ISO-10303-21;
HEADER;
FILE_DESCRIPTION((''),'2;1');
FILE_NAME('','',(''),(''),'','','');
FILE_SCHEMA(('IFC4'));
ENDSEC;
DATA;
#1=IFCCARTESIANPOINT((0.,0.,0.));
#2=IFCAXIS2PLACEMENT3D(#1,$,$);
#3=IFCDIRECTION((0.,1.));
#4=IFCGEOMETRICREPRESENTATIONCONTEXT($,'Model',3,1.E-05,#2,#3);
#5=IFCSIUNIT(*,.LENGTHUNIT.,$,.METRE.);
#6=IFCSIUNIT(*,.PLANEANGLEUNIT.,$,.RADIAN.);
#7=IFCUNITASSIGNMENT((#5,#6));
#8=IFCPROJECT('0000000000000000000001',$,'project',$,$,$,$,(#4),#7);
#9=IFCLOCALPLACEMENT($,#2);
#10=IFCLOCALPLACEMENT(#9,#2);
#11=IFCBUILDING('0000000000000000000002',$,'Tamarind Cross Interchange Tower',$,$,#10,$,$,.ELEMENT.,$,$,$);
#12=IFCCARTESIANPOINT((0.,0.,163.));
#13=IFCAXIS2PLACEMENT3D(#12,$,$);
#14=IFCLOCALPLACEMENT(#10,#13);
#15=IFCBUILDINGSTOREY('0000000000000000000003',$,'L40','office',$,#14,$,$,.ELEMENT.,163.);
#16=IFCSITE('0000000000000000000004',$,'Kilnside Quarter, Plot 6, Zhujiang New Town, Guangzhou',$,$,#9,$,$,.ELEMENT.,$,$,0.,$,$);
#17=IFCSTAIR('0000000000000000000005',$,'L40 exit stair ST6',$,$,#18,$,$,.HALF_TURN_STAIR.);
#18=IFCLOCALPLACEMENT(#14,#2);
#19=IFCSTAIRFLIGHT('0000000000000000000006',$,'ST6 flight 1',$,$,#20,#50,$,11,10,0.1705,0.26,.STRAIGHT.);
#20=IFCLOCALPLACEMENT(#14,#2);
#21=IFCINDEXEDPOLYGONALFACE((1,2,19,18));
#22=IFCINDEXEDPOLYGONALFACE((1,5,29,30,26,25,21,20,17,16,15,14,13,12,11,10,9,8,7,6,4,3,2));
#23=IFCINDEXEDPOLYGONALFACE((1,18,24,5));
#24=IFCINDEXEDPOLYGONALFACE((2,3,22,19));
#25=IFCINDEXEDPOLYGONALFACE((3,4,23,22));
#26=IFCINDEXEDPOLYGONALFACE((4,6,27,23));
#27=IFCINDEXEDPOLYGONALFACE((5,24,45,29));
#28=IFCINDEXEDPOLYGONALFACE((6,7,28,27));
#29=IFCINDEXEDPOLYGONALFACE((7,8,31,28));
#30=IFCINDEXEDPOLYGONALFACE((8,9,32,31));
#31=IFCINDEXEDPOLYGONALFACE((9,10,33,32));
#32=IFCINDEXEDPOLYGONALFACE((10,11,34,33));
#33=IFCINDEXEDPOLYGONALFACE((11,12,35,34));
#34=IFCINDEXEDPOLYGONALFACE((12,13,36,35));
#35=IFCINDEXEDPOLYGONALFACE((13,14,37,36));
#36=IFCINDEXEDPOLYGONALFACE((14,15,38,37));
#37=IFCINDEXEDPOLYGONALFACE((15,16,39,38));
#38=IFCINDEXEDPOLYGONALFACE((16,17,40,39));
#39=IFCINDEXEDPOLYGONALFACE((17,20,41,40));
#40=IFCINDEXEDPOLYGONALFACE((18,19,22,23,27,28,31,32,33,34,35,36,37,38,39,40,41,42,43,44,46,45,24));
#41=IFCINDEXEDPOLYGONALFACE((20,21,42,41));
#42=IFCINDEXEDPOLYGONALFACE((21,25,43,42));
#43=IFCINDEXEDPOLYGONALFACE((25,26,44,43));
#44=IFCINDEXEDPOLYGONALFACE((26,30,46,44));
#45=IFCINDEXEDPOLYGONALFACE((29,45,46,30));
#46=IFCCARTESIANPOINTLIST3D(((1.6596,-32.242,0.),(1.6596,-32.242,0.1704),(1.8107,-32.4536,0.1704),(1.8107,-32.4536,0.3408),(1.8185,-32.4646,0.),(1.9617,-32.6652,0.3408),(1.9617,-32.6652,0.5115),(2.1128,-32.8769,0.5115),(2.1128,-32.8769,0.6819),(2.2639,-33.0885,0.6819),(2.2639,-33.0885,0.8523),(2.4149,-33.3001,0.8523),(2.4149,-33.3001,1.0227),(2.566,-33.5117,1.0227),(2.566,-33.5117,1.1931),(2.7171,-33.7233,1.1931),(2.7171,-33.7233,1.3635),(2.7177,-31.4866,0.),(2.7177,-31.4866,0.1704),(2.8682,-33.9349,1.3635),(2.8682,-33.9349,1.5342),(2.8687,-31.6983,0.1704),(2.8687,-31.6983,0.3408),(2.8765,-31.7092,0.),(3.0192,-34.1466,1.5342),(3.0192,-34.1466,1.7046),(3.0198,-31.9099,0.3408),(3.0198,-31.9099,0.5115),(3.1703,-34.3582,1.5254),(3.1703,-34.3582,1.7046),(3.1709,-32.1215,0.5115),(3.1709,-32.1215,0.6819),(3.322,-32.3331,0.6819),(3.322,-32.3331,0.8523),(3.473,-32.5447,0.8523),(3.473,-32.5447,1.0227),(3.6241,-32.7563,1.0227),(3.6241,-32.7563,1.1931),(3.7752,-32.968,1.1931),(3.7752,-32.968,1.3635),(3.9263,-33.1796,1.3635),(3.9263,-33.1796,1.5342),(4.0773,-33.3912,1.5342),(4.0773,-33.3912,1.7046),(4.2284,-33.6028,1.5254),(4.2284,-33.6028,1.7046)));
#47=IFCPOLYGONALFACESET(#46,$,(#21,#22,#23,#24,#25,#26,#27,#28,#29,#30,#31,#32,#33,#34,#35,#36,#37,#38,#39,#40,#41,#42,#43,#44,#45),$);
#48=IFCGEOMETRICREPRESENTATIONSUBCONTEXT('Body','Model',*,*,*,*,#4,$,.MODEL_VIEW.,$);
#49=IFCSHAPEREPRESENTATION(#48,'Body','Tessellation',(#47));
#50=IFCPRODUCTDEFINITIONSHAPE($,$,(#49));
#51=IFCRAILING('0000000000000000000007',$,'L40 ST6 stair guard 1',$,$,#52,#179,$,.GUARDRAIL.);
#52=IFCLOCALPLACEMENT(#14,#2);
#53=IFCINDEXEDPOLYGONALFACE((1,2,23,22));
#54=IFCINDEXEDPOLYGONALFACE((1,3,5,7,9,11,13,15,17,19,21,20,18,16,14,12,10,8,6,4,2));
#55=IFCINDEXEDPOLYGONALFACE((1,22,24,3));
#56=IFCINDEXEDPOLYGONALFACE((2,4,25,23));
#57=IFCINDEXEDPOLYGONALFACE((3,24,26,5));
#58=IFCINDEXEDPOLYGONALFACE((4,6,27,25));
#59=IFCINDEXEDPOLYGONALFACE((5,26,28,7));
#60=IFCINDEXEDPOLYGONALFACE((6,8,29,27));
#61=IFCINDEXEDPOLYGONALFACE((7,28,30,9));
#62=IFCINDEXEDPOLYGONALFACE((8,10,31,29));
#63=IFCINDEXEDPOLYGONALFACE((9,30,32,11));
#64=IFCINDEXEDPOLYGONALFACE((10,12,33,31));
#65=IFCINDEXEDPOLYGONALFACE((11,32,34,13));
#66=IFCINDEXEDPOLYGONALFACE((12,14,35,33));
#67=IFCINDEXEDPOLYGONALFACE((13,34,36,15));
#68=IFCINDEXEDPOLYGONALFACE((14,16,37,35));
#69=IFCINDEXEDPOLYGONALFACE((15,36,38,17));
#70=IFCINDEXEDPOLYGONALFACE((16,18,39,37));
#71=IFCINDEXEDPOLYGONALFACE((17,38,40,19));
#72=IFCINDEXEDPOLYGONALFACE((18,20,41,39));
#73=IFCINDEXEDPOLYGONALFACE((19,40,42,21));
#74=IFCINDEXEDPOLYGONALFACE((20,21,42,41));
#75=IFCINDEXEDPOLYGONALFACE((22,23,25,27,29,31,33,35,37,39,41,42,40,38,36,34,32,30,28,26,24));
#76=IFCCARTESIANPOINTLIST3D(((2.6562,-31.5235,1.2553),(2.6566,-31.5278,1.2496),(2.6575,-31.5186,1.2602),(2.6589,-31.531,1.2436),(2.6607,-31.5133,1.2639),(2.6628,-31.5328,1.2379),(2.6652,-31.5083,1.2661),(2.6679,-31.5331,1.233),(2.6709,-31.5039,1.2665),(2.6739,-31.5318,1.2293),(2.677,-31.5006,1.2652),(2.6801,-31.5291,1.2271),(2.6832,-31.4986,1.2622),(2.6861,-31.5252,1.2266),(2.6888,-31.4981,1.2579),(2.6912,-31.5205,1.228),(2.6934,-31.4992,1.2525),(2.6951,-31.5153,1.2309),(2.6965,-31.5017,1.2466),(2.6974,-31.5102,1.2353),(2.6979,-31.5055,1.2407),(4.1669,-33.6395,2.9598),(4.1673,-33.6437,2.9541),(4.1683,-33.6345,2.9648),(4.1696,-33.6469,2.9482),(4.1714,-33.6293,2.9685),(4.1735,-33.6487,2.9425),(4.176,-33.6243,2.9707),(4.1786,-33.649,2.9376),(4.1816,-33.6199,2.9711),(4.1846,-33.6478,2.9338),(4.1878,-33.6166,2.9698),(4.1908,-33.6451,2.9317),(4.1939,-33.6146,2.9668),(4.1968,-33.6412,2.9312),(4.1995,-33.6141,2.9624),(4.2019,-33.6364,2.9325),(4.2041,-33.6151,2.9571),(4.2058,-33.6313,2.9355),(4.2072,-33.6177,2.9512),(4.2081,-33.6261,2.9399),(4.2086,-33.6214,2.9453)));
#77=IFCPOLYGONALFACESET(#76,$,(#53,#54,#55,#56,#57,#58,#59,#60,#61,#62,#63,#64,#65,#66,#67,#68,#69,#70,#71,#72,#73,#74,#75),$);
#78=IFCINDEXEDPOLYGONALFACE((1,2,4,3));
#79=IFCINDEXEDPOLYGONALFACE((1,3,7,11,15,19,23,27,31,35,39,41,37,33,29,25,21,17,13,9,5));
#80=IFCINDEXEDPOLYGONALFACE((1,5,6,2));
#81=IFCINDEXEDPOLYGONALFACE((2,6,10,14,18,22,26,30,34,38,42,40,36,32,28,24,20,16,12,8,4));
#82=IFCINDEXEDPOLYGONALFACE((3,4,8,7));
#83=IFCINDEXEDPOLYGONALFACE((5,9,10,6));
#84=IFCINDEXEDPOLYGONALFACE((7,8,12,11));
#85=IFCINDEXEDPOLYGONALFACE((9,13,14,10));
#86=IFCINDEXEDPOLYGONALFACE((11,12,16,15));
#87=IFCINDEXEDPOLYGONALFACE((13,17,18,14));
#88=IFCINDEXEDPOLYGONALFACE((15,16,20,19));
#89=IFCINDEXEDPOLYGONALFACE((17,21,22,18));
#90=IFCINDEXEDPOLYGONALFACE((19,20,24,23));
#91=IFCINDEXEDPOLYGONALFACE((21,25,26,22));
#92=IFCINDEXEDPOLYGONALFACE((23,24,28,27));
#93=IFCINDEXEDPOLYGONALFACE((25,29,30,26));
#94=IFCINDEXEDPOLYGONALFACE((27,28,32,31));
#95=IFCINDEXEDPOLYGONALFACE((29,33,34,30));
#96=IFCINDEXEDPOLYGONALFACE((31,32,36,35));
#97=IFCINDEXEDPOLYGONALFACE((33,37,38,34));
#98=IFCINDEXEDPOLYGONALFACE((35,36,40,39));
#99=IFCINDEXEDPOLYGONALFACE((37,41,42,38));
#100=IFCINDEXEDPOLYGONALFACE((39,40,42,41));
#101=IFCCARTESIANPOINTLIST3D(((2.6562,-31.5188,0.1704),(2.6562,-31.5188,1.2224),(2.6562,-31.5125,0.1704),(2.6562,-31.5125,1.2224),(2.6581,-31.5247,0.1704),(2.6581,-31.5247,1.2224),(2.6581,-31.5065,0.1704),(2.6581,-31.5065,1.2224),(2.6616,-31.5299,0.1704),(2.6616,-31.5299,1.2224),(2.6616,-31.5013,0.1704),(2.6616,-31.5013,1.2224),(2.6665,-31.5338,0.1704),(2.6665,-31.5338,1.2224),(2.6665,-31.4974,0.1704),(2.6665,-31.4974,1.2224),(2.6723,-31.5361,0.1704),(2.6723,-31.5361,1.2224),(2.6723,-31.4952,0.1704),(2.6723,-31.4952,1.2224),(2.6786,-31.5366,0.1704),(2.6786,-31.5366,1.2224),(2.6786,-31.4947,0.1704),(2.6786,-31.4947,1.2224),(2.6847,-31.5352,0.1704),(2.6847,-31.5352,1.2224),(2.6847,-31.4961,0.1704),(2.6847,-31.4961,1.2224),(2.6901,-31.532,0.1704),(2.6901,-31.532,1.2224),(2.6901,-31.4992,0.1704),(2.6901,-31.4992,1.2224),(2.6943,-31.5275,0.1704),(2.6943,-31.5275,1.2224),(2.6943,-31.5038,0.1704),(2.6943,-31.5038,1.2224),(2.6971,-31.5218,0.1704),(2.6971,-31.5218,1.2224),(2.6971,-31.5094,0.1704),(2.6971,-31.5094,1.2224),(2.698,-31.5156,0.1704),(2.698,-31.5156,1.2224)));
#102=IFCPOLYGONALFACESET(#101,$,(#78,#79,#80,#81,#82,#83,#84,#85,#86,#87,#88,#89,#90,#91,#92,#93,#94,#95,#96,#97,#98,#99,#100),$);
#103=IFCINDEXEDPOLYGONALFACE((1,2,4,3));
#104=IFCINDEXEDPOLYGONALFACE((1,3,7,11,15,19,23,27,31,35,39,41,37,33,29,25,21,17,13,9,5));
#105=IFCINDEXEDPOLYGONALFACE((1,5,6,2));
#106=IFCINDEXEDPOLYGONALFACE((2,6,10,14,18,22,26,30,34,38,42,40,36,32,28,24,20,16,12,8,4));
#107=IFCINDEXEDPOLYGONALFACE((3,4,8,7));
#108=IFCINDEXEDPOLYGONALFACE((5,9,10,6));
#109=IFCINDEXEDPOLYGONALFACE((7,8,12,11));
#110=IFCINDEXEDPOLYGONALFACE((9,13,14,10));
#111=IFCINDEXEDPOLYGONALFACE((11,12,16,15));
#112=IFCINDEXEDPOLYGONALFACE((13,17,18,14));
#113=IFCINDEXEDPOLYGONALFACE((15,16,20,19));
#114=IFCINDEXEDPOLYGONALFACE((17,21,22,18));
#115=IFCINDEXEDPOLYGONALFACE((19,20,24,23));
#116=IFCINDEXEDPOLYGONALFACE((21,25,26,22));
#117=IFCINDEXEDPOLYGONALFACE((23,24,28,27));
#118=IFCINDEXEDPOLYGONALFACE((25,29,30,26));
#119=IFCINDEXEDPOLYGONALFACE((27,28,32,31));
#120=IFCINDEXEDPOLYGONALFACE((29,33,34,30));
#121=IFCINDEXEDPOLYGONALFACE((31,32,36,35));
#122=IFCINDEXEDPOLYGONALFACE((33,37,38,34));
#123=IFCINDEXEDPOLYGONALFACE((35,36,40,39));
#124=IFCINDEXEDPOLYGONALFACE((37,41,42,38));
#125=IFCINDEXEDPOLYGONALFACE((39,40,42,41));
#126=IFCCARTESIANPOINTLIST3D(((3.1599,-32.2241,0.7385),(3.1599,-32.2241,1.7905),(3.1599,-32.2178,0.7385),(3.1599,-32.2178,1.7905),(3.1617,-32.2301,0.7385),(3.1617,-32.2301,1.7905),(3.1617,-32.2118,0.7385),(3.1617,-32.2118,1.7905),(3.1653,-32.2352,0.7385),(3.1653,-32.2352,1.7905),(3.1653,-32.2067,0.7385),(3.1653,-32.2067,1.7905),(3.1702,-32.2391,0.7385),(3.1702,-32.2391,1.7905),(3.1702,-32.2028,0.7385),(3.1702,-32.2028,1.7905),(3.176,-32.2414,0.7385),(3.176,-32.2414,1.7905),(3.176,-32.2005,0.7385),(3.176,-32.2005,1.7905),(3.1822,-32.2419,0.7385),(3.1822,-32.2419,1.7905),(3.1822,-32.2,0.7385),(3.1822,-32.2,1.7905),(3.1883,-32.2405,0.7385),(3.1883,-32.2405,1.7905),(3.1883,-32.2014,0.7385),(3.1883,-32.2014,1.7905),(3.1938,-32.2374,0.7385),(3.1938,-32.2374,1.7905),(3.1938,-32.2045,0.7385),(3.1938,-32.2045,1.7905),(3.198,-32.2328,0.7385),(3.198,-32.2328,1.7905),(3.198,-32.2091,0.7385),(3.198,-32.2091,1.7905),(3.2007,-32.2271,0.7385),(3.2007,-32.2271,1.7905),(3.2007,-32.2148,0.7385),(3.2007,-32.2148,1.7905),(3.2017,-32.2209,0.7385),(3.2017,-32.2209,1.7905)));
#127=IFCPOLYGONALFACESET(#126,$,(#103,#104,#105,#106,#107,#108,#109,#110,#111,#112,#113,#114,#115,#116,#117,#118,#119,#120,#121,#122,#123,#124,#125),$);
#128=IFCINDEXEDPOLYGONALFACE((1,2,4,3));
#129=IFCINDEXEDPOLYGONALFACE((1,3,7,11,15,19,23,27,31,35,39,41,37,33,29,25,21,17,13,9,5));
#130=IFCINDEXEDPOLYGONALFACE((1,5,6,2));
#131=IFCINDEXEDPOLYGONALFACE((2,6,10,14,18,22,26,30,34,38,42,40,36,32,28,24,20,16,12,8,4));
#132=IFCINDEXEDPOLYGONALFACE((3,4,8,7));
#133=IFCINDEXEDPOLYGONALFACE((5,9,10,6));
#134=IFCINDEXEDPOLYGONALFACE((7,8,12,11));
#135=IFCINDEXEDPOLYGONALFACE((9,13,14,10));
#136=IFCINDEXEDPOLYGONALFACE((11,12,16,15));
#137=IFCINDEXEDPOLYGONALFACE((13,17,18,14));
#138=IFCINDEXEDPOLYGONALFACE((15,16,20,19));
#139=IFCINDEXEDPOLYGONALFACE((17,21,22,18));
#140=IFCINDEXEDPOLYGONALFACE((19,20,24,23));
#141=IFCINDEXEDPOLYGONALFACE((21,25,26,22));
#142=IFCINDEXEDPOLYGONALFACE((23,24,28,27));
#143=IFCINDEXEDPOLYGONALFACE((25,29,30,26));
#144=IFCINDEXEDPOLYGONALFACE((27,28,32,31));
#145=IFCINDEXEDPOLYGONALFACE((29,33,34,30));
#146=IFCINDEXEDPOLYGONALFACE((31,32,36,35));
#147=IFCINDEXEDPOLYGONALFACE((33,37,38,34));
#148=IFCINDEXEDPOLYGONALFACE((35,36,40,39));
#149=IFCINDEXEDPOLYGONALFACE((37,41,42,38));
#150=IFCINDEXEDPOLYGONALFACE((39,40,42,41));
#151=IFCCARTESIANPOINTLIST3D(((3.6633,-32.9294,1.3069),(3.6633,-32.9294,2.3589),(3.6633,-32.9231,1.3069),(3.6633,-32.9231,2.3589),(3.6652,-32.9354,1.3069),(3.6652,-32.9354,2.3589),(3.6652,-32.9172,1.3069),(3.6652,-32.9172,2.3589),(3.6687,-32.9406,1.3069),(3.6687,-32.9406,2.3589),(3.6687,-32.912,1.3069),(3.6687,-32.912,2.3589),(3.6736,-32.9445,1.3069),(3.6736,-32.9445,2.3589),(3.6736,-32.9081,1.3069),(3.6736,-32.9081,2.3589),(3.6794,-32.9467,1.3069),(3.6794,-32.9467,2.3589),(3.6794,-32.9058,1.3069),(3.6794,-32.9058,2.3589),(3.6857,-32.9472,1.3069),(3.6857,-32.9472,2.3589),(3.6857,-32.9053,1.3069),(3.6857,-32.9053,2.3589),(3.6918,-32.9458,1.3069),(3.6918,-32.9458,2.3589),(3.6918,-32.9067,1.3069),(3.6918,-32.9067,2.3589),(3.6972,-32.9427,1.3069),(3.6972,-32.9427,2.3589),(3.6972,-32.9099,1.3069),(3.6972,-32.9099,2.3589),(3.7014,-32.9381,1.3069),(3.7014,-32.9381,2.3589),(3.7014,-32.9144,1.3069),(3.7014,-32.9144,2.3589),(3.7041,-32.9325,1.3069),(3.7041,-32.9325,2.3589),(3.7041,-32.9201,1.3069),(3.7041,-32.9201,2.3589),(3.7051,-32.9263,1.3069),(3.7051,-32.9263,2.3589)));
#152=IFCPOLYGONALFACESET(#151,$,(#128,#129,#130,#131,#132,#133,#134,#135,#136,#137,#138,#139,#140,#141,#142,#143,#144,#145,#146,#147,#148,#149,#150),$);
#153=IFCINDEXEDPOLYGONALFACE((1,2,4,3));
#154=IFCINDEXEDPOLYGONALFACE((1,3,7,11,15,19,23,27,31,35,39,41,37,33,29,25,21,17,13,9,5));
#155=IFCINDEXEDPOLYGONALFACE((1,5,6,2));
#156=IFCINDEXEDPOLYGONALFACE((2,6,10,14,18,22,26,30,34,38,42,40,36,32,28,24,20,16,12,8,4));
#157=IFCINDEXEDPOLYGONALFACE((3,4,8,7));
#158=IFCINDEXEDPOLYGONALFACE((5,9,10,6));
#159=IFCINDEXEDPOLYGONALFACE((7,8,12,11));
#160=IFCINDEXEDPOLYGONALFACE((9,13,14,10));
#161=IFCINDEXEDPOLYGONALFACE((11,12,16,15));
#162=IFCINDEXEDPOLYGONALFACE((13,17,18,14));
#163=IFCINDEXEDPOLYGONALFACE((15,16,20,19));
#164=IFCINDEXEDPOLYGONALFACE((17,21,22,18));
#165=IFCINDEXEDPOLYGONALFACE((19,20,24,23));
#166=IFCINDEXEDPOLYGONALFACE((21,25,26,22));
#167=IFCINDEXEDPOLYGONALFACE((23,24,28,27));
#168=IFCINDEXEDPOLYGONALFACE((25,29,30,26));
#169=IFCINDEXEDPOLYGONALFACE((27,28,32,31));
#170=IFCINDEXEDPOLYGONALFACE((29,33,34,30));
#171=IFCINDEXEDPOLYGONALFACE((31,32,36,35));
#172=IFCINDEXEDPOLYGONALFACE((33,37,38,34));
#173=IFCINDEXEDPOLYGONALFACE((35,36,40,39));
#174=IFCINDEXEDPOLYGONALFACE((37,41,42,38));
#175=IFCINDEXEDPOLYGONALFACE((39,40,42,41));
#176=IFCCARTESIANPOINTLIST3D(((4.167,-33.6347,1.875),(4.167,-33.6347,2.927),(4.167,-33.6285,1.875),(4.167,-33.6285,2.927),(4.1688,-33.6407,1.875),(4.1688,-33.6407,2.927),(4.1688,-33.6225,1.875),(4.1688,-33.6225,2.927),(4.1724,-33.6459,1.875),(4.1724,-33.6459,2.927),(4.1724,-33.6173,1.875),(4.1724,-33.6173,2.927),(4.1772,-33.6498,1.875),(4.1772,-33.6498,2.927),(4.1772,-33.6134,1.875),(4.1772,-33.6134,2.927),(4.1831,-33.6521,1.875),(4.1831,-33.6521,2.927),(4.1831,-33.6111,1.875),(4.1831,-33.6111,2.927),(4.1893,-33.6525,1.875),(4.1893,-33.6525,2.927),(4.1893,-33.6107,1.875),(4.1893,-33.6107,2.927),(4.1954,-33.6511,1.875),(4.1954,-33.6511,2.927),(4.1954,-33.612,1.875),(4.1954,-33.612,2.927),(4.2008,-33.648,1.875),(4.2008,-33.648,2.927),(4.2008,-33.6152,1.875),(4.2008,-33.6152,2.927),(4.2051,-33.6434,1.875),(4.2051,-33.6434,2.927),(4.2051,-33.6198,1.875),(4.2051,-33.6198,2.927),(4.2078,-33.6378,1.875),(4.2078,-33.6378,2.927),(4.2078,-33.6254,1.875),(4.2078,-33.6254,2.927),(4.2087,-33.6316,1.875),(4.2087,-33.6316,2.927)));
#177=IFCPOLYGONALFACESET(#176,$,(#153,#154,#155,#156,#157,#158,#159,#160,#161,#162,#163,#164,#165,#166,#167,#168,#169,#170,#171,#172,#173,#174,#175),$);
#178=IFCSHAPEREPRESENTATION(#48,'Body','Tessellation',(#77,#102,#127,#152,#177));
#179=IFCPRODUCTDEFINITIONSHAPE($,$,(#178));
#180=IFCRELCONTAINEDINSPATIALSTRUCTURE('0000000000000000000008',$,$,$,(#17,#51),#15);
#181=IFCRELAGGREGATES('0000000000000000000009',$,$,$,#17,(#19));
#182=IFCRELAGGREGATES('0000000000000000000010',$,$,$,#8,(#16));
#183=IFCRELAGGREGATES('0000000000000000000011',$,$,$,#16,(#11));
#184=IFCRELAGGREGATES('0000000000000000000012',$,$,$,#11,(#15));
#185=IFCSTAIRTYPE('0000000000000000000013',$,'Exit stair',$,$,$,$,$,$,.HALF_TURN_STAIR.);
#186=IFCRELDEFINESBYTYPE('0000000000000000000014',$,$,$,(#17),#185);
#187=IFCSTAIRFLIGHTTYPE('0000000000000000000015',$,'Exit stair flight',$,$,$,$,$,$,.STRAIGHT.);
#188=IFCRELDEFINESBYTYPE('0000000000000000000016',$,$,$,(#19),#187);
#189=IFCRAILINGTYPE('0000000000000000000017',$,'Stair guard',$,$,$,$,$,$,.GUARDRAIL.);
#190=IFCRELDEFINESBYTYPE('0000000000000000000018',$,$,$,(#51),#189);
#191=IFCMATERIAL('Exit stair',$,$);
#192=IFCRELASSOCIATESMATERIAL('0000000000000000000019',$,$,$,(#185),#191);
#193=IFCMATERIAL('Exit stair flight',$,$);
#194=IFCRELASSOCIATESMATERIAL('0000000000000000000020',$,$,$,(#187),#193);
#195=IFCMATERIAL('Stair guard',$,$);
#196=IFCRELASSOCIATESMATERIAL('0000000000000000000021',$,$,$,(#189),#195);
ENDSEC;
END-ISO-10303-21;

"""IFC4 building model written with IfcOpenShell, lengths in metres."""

from ifc_helpers import new_model, si_unit, direction, frame, origin, origin_2d, place, context, subcontext, project, spatial, polyline, circle, outline, extrude, material, type_object, element, aggregate, save


model = new_model("IFC4")

# Units and contexts
model_context = context("Model", 3, precision=1e-05, world=origin(), true_north=direction((0.0, 1.0)))
body_context = subcontext(model_context, "Body", "Model", "MODEL_VIEW")
ifc_project = project(units=[si_unit("LENGTHUNIT", "METRE"), si_unit("PLANEANGLEUNIT", "RADIAN")], contexts=[model_context])

# Site, building, storey
site_placement = place(None, origin())
site = spatial("IfcSite", under=ifc_project, at=site_placement, Name="Kilnside Quarter, Plot 6, Zhujiang New Town, Guangzhou", CompositionType="ELEMENT", RefElevation=0.0)
building_placement = place(site_placement, origin())
building = spatial("IfcBuilding", under=site, at=building_placement, Name="Tamarind Cross Interchange Tower", CompositionType="ELEMENT")
storey_placement = place(building_placement, frame((0.0, 0.0, 163.0)))
storey = spatial("IfcBuildingStorey", under=building, at=storey_placement, Name="L40", Description="office", CompositionType="ELEMENT", Elevation=163.0)

# Stair, stair flight
ifc_material_1 = material(Name="Exit stair")
stair_type = type_object("IfcStairType", Name="Exit stair", PredefinedType="HALF_TURN_STAIR", material=ifc_material_1)
stair_placement = place(storey_placement, origin())
stair = element("IfcStair", 1, at=stair_placement, inside=storey, type_object=stair_type, Name="L40 exit stair ST6", PredefinedType="HALF_TURN_STAIR")
ifc_material_2 = material(Name="Exit stair flight")
stair_flight_type = type_object("IfcStairFlightType", Name="Exit stair flight", PredefinedType="STRAIGHT", material=ifc_material_2)
stair_flight_placement = place(storey_placement, frame((2.1887, -31.8643, 0.0), z_axis=(0.0, 0.0, 1.0), x_axis=(0.581033, -0.81388, 0.0)))
stair_flight = element("IfcStairFlight", 2, at=stair_flight_placement, type_object=stair_flight_type, Name="ST6 flight 1", NumberOfRisers=11, NumberOfTreads=10, PredefinedType="STRAIGHT", RiserHeight=0.1705, TreadLength=0.26, context=body_context, shape_type="SweptSolid", body=[
    extrude(outline(polyline([(0.0, 0.0), (0.0, 0.1704), (0.26, 0.1704), (0.26, 0.3408), (0.52, 0.3408), (0.52, 0.5115), (0.78, 0.5115), (0.78, 0.6819), (1.04, 0.6819), (1.04, 0.8523), (1.3, 0.8523), (1.3, 1.0227), (1.5601, 1.0227), (1.5601, 1.1931), (1.8201, 1.1931), (1.8201, 1.3635), (2.0801, 1.3635), (2.0801, 1.5342), (2.3401, 1.5342), (2.3401, 1.7046), (2.6001, 1.7046), (2.6001, 1.875), (2.6001, 1.5254), (0.2734, 0.0), (0.0, 0.0)])), frame((0.0, 0.6499, 0.0), z_axis=(0.0, -1.0, 0.0), x_axis=(1.0, 0.0, 0.0)), (0.0, 0.0, 1.0), 1.3),
])
aggregate(stair, [stair_flight])

# Railing
ifc_material_3 = material(Name="Stair guard")
railing_type = type_object("IfcRailingType", Name="Stair guard", PredefinedType="GUARDRAIL", material=ifc_material_3)
railing_1_placement = place(storey_placement, frame((2.677, -31.5156, 0.1704)))
element("IfcRailing", 3, at=railing_1_placement, inside=storey, type_object=railing_type, Name="L40 ST6 stair guard 1", PredefinedType="GUARDRAIL", context=body_context, shape_type="SweptSolid", body=[
    extrude(circle(Radius=0.0239, at=origin_2d()), frame((0.0, 0.0, 1.0762), z_axis=(0.48594, -0.680615, 0.548293), x_axis=(0.813854, 0.581069, 0.0)), (0.0, 0.0, 1.0), 3.1089),
    extrude(circle(Radius=0.021, at=origin_2d()), origin(), (0.0, 0.0, 1.0), 1.052),
    extrude(circle(Radius=0.021, at=origin_2d()), frame((0.5037, -0.7053, 0.5681)), (0.0, 0.0, 1.0), 1.052),
    extrude(circle(Radius=0.021, at=origin_2d()), frame((1.0071, -1.4106, 1.1365)), (0.0, 0.0, 1.0), 1.052),
    extrude(circle(Radius=0.021, at=origin_2d()), frame((1.5107, -2.116, 1.7046)), (0.0, 0.0, 1.0), 1.052),
])

save(model, "model.ifc")
